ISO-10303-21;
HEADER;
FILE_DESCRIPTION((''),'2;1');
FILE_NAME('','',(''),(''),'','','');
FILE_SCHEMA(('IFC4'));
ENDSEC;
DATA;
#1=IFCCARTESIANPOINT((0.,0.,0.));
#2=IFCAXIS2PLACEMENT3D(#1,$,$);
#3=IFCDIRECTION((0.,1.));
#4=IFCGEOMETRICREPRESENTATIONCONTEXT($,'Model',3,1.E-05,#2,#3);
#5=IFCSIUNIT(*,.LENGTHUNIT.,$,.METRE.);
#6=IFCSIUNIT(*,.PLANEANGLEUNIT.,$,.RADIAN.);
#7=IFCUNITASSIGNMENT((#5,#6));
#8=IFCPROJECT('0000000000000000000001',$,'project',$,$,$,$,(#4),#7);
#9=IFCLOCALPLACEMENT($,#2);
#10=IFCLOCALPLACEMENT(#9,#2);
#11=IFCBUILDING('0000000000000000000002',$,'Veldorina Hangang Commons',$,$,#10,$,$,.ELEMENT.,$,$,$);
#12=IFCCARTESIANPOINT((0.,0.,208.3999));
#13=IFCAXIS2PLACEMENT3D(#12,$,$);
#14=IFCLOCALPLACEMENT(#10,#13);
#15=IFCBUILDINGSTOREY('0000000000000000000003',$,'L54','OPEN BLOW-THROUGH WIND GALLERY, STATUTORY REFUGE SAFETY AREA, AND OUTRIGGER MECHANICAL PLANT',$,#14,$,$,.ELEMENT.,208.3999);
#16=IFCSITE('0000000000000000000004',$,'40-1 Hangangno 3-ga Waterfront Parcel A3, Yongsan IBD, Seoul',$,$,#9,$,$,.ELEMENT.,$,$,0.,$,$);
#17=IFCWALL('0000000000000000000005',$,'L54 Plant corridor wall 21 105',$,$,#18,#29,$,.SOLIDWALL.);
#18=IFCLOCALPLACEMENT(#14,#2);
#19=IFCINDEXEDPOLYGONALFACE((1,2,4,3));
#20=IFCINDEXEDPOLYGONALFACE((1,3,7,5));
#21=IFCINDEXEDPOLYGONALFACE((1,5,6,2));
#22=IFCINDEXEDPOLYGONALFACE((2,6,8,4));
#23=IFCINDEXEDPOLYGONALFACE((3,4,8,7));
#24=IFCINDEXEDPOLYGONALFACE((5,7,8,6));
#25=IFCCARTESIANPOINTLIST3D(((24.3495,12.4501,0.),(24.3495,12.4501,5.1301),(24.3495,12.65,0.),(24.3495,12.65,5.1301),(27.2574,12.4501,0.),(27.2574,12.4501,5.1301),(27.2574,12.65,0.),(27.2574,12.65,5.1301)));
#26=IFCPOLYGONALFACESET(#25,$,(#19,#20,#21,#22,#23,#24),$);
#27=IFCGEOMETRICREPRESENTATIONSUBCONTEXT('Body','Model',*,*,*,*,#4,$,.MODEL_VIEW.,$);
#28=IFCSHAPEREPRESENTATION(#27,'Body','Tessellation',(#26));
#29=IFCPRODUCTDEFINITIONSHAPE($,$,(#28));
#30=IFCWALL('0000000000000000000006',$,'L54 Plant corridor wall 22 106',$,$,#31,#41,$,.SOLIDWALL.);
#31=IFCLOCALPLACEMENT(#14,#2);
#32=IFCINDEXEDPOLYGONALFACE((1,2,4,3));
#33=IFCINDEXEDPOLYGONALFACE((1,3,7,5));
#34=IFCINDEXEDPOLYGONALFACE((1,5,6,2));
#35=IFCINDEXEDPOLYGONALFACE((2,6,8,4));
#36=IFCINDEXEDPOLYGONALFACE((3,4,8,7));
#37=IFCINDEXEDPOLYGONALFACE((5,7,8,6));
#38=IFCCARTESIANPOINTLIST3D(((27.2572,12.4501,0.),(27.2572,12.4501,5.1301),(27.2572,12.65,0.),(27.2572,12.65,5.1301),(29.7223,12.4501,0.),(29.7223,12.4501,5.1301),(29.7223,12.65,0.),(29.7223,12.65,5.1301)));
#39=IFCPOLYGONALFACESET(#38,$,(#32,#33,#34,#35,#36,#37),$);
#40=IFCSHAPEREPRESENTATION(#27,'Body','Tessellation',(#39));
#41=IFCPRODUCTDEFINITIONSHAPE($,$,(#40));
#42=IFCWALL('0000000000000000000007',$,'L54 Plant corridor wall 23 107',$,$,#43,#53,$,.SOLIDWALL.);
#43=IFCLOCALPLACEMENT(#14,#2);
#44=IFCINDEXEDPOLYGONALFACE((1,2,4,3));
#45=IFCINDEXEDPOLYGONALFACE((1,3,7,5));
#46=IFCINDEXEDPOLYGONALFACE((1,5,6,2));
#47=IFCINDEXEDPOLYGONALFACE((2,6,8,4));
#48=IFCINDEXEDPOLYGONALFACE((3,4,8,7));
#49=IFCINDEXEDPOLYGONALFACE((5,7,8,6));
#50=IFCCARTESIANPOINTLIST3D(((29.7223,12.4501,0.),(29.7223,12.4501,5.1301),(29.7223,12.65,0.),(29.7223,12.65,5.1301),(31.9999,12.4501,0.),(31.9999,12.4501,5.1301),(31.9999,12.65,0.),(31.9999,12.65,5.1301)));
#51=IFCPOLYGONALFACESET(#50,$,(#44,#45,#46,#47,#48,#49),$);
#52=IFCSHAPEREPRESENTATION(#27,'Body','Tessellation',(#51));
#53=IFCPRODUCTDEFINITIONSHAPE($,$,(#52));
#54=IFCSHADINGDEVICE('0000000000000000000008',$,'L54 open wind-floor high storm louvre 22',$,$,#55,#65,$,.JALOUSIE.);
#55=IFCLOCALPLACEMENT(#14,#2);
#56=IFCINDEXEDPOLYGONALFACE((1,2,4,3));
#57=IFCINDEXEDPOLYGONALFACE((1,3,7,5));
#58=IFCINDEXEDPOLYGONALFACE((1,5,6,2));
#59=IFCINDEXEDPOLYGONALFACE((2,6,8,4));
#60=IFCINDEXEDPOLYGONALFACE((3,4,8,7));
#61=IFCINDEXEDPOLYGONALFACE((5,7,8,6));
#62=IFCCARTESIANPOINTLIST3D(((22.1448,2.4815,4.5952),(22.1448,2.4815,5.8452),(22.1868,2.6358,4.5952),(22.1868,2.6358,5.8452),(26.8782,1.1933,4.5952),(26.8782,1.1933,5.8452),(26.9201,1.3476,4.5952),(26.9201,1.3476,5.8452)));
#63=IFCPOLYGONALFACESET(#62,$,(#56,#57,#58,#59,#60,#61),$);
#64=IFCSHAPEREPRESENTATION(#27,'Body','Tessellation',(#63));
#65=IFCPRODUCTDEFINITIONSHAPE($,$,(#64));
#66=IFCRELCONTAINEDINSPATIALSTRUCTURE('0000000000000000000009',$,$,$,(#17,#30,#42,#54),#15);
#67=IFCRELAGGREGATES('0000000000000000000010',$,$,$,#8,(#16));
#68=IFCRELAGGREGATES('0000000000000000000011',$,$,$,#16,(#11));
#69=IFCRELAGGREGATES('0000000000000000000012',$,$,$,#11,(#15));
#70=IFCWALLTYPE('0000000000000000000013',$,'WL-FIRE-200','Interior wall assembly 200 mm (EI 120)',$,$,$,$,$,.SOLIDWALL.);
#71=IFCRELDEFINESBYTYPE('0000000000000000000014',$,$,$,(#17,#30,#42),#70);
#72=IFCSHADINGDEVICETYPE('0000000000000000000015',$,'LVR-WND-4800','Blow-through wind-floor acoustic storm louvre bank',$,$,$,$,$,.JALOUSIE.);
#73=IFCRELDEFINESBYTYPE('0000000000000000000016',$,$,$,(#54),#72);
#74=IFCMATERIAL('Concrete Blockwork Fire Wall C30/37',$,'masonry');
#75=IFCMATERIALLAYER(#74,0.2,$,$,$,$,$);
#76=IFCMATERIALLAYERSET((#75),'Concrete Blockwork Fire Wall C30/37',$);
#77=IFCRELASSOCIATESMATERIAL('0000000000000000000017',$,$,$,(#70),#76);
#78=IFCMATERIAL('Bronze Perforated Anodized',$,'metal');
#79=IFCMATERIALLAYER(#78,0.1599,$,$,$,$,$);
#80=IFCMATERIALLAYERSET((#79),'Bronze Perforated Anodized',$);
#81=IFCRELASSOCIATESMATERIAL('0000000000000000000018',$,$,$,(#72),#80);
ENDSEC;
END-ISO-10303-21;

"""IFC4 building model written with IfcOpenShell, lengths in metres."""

from ifc_helpers import new_model, si_unit, direction, frame, frame_2d, origin, origin_2d, place, context, subcontext, project, spatial, rectangle, extrude, material, layer, layer_set, type_object, element, save


model = new_model("IFC4")

# Units and contexts
model_context = context("Model", 3, precision=1e-05, world=origin(), true_north=direction((0.0, 1.0)))
body_context = subcontext(model_context, "Body", "Model", "MODEL_VIEW")
ifc_project = project(units=[si_unit("LENGTHUNIT", "METRE"), si_unit("PLANEANGLEUNIT", "RADIAN")], contexts=[model_context])

# Site, building, storey
site_placement = place(None, origin())
site = spatial("IfcSite", under=ifc_project, at=site_placement, Name="40-1 Hangangno 3-ga Waterfront Parcel A3, Yongsan IBD, Seoul", CompositionType="ELEMENT", RefElevation=0.0)
building_placement = place(site_placement, origin())
building = spatial("IfcBuilding", under=site, at=building_placement, Name="Veldorina Hangang Commons", CompositionType="ELEMENT")
storey_placement = place(building_placement, frame((0.0, 0.0, 208.3999)))
storey = spatial("IfcBuildingStorey", under=building, at=storey_placement, Name="L54", Description="OPEN BLOW-THROUGH WIND GALLERY, STATUTORY REFUGE SAFETY AREA, AND OUTRIGGER MECHANICAL PLANT", CompositionType="ELEMENT", Elevation=208.3999)

# Walls
ifc_material_1 = material(Name="Concrete Blockwork Fire Wall C30/37", Category="masonry")
ifc_layer_1 = layer(ifc_material_1, 0.2)
ifc_layer_set_1 = layer_set([ifc_layer_1], Name="Concrete Blockwork Fire Wall C30/37")
wall_type = type_object("IfcWallType", Name="WL-FIRE-200", Description="Interior wall assembly 200 mm (EI 120)", PredefinedType="SOLIDWALL", material=ifc_layer_set_1)
wall_1_placement = place(storey_placement, frame((24.3494, 12.55, 0.0), z_axis=(0.0, 0.0, 1.0), x_axis=(1.0, 0.0, 0.0)))
element("IfcWall", 1, at=wall_1_placement, inside=storey, type_object=wall_type, Name="L54 Plant corridor wall 21 105", PredefinedType="SOLIDWALL", context=body_context, shape_type="SweptSolid", body=[
    extrude(rectangle(XDim=2.908, YDim=0.2, at=frame_2d((1.4541, 0.0))), origin(), (0.0, 0.0, 1.0), 5.1301),
])
wall_2_placement = place(storey_placement, frame((27.2573, 12.55, 0.0), z_axis=(0.0, 0.0, 1.0), x_axis=(1.0, 0.0, 0.0)))
element("IfcWall", 2, at=wall_2_placement, inside=storey, type_object=wall_type, Name="L54 Plant corridor wall 22 106", PredefinedType="SOLIDWALL", context=body_context, shape_type="SweptSolid", body=[
    extrude(rectangle(XDim=2.4651, YDim=0.2, at=frame_2d((1.2324, 0.0))), origin(), (0.0, 0.0, 1.0), 5.1301),
])
wall_3_placement = place(storey_placement, frame((29.7224, 12.55, 0.0), z_axis=(0.0, 0.0, 1.0), x_axis=(1.0, 0.0, 0.0)))
element("IfcWall", 3, at=wall_3_placement, inside=storey, type_object=wall_type, Name="L54 Plant corridor wall 23 107", PredefinedType="SOLIDWALL", context=body_context, shape_type="SweptSolid", body=[
    extrude(rectangle(XDim=2.2776, YDim=0.2, at=frame_2d((1.1387, 0.0))), origin(), (0.0, 0.0, 1.0), 5.1301),
])

# Shading device
ifc_material_2 = material(Name="Bronze Perforated Anodized", Category="metal")
ifc_layer_2 = layer(ifc_material_2, 0.1599)
ifc_layer_set_2 = layer_set([ifc_layer_2], Name="Bronze Perforated Anodized")
shading_device_type = type_object("IfcShadingDeviceType", Name="LVR-WND-4800", Description="Blow-through wind-floor acoustic storm louvre bank", PredefinedType="JALOUSIE", material=ifc_layer_set_2)
shading_device_placement = place(storey_placement, frame((24.5325, 1.9146, 4.5952), z_axis=(0.0, 0.0, 1.0), x_axis=(0.964907, -0.262593, 0.0)))
element("IfcShadingDevice", 4, at=shading_device_placement, inside=storey, type_object=shading_device_type, Name="L54 open wind-floor high storm louvre 22", PredefinedType="JALOUSIE", context=body_context, shape_type="SweptSolid", body=[
    extrude(rectangle(XDim=4.9055, YDim=0.1599, at=origin_2d()), origin(), (0.0, 0.0, 1.0), 1.25),
])

save(model, "model.ifc")
